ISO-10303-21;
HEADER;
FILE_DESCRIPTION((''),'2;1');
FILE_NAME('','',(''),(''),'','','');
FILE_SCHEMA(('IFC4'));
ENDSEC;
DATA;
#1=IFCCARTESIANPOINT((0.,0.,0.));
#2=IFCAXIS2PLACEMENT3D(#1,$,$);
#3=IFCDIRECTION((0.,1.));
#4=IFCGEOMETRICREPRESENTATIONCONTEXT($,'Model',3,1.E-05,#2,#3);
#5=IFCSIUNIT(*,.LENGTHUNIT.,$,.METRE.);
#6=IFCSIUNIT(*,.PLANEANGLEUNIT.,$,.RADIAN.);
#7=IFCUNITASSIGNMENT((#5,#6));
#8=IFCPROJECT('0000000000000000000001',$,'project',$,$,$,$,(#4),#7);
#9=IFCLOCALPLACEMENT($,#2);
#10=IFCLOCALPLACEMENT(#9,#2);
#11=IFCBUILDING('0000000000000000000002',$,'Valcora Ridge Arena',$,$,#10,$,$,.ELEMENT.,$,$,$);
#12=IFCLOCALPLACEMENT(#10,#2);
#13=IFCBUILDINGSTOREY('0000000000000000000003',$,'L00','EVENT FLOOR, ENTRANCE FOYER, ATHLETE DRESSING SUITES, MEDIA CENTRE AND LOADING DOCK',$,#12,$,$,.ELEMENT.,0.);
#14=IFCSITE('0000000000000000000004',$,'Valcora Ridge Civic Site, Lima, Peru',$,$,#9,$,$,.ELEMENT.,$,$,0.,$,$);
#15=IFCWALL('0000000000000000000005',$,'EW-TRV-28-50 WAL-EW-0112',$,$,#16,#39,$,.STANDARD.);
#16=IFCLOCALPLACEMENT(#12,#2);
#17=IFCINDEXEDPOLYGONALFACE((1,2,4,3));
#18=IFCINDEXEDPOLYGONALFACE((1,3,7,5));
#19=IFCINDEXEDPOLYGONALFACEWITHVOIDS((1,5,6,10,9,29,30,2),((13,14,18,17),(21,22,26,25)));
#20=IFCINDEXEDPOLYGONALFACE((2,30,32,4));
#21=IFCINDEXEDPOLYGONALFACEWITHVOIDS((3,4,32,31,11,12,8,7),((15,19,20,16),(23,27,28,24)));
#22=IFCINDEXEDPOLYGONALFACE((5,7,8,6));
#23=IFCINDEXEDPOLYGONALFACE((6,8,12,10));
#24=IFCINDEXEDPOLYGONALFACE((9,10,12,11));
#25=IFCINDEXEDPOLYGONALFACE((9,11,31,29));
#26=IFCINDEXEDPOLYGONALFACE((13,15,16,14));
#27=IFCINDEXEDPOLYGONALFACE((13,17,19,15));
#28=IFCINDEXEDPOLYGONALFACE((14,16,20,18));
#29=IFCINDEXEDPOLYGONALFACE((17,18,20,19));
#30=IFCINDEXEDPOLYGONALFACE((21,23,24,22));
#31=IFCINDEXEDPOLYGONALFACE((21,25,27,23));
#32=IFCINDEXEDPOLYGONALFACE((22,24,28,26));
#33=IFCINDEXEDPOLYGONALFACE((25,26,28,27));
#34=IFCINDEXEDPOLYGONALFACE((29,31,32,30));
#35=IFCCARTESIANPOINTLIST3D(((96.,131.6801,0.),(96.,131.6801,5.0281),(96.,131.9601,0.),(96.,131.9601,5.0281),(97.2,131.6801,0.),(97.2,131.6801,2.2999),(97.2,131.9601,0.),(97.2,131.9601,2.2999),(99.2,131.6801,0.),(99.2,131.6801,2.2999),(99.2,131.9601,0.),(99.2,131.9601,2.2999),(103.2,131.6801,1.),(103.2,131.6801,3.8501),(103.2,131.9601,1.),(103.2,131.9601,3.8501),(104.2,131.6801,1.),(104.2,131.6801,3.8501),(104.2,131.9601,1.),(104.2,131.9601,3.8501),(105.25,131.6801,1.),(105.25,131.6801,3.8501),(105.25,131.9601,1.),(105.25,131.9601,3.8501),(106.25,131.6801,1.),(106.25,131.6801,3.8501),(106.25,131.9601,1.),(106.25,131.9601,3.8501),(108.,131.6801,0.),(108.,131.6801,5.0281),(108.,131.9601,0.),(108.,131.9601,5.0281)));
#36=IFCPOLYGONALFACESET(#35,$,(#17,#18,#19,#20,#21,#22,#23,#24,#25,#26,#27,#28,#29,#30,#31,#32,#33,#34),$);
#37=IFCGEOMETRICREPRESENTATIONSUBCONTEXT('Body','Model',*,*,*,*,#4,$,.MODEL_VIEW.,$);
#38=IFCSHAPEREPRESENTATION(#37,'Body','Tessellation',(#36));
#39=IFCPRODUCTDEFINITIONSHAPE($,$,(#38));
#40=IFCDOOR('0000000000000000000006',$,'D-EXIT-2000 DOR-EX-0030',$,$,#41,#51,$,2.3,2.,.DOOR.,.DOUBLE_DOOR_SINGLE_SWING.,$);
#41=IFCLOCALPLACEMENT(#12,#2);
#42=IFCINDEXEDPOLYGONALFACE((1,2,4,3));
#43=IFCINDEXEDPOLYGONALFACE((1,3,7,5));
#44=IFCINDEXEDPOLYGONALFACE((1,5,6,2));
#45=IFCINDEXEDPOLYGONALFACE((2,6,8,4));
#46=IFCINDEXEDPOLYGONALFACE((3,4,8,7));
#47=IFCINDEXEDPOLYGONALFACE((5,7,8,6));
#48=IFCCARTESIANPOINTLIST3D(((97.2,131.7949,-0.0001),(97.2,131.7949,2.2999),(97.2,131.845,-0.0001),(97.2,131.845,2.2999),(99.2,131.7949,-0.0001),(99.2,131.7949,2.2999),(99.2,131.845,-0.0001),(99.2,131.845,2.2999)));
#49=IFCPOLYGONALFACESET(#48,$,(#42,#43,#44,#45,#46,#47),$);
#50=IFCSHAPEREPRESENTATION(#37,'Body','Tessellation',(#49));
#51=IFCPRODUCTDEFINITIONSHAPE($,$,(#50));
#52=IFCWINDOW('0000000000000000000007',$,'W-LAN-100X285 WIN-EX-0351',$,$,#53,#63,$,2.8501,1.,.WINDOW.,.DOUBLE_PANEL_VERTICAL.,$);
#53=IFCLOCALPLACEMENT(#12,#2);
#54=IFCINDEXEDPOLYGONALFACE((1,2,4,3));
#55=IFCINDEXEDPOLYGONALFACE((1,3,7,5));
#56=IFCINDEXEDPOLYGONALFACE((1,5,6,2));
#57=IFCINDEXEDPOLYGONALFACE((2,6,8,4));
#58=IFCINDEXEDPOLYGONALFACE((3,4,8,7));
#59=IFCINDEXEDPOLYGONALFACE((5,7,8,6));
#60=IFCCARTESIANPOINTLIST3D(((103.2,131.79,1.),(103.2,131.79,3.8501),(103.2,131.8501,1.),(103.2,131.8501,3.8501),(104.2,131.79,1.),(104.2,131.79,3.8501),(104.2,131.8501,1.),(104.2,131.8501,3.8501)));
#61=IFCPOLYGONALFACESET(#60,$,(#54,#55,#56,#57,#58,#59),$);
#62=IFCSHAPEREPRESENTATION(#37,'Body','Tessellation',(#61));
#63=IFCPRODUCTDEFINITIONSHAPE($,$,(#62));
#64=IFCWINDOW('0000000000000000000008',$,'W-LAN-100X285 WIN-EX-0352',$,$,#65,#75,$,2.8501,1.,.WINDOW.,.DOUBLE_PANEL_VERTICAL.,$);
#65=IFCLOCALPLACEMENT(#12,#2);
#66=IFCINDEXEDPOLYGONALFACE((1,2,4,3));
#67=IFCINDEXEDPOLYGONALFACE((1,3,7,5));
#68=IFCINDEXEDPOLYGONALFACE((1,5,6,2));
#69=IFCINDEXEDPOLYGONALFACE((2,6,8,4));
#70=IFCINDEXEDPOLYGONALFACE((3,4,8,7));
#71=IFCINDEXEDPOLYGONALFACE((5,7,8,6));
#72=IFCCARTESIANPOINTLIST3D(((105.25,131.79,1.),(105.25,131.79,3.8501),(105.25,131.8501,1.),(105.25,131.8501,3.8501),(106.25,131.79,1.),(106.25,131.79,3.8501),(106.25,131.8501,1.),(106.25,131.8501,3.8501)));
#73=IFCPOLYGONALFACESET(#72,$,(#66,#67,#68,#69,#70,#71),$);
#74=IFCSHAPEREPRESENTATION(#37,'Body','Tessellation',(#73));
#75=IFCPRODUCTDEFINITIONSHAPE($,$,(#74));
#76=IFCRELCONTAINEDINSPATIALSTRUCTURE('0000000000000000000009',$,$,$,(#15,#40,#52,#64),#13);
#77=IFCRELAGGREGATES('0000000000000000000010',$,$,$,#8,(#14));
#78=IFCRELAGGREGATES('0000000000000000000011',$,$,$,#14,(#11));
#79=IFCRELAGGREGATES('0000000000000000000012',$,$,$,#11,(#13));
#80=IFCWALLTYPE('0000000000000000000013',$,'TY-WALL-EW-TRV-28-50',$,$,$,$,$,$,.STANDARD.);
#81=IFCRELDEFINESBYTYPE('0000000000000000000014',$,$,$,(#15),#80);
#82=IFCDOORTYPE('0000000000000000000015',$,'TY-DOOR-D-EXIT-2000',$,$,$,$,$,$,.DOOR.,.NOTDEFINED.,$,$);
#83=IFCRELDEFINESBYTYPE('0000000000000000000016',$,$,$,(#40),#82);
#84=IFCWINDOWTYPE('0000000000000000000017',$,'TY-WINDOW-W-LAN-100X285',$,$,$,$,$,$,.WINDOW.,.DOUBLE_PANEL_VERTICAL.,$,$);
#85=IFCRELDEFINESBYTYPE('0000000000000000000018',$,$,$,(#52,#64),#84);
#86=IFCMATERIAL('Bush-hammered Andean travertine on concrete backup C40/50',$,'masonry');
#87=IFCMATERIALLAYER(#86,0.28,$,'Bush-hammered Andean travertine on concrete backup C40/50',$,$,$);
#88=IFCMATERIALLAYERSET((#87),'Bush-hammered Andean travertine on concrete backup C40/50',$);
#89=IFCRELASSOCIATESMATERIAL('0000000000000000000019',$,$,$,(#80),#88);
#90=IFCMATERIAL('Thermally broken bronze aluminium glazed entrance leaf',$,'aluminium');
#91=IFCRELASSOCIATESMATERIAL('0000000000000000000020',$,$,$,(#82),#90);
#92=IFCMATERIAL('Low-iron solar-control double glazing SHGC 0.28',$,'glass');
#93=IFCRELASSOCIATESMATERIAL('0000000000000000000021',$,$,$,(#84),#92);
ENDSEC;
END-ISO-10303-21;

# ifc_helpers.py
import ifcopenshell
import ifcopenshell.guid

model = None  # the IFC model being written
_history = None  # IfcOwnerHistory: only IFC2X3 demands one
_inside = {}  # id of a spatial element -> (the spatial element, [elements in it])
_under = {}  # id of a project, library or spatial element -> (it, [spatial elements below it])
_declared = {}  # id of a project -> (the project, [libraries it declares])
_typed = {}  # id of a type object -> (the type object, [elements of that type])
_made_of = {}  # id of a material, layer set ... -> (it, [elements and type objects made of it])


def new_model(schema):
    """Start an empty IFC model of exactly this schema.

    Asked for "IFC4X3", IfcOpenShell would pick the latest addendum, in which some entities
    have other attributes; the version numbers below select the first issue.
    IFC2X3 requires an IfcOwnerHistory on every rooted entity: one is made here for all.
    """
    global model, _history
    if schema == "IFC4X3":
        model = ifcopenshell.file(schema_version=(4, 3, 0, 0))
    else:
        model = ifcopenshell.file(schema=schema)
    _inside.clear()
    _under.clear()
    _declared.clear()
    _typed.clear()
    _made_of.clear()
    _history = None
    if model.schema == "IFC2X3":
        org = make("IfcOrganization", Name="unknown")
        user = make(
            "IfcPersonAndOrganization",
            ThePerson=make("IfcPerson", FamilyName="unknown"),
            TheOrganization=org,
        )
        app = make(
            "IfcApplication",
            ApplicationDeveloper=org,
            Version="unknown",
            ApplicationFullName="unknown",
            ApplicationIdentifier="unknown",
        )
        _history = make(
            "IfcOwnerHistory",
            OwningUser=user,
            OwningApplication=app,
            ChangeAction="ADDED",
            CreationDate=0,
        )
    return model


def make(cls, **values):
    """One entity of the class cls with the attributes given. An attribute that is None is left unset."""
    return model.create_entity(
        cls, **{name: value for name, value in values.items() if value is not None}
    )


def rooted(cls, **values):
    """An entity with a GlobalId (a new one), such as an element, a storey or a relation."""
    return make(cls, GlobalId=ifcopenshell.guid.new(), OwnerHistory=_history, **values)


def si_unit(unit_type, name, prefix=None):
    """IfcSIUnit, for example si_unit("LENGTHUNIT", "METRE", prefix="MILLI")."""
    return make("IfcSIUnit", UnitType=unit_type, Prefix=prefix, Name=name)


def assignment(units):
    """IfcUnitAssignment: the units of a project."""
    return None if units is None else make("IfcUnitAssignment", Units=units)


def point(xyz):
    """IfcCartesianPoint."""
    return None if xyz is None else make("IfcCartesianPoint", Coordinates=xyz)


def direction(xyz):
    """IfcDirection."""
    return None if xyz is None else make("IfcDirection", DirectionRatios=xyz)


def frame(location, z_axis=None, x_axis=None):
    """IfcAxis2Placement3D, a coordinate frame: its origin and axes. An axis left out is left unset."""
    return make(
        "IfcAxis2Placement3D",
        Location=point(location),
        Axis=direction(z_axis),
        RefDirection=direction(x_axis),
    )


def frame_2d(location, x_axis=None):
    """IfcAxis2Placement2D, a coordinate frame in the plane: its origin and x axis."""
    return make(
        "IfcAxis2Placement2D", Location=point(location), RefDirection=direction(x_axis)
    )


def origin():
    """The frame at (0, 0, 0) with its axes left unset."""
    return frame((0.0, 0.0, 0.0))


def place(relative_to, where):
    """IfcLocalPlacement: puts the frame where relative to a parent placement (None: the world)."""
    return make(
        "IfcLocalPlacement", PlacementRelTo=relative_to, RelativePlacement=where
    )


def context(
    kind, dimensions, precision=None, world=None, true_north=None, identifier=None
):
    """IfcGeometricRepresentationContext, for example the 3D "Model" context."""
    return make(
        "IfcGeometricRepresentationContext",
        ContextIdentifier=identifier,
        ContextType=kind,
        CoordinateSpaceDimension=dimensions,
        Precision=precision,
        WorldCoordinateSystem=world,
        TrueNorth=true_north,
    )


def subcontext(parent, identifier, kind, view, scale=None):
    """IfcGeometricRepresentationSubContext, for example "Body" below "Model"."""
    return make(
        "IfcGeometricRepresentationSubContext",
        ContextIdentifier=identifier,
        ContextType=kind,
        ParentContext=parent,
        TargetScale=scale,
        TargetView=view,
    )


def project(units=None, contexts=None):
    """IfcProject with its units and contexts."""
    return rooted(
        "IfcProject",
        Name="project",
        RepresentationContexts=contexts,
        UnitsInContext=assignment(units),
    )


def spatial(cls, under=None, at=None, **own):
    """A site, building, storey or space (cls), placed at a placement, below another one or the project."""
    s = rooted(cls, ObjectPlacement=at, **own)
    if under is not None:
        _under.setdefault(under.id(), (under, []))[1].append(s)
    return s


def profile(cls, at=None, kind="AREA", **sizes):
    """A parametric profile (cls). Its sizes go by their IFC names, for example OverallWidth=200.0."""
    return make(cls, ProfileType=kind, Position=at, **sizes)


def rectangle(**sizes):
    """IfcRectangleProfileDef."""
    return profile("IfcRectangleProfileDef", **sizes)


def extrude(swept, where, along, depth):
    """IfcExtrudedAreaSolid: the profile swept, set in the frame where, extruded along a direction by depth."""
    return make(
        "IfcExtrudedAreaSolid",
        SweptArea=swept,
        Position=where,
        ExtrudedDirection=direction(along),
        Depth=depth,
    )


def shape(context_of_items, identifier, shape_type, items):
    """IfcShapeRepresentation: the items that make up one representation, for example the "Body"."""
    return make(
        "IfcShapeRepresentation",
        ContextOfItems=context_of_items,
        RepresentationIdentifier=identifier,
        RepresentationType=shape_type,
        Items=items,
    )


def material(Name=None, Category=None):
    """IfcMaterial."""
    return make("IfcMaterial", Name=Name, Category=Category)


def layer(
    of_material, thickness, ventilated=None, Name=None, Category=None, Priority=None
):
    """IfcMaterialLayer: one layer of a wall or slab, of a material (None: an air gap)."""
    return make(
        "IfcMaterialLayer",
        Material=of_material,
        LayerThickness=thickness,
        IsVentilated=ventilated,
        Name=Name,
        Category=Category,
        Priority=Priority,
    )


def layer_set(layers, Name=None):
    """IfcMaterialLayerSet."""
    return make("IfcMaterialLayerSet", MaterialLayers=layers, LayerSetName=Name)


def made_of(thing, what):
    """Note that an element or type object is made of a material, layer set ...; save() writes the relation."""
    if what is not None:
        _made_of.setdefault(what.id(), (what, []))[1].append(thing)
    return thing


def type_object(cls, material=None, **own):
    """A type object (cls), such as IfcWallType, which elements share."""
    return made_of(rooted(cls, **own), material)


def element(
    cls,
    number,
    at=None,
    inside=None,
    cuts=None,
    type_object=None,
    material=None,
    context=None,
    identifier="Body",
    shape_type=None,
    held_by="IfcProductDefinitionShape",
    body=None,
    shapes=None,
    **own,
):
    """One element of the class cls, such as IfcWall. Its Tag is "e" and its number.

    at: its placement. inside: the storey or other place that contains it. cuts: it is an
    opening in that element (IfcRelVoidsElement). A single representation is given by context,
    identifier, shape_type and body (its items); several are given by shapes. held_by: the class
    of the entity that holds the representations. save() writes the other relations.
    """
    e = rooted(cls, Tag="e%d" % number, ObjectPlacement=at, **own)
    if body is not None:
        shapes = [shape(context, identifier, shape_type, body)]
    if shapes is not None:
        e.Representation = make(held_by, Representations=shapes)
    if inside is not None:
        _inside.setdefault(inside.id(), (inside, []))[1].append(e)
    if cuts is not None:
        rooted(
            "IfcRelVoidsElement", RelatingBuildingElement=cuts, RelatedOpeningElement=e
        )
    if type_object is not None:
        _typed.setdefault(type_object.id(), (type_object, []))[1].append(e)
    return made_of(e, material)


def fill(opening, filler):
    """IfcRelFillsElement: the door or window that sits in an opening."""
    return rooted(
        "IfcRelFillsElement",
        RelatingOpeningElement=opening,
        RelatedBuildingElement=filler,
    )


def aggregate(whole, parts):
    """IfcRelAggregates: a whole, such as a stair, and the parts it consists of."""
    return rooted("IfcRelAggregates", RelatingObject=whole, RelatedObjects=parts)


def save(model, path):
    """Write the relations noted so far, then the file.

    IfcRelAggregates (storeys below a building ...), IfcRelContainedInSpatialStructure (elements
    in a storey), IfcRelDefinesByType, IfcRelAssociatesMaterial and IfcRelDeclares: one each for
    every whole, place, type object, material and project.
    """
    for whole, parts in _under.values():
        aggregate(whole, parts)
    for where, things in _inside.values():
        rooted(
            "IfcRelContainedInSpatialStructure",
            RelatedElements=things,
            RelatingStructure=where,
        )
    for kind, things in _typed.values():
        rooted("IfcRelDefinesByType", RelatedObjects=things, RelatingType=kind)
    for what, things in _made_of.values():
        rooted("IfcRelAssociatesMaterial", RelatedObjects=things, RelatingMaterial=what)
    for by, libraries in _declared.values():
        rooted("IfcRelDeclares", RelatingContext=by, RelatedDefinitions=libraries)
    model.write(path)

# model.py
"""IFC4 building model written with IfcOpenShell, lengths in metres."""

from ifc_helpers import new_model, si_unit, direction, frame, frame_2d, origin, place, context, subcontext, project, spatial, rectangle, extrude, material, layer, layer_set, type_object, element, fill, save


model = new_model("IFC4")

# Units and contexts
model_context = context("Model", 3, precision=1e-05, world=origin(), true_north=direction((0.0, 1.0)))
body_context = subcontext(model_context, "Body", "Model", "MODEL_VIEW")
ifc_project = project(units=[si_unit("LENGTHUNIT", "METRE"), si_unit("PLANEANGLEUNIT", "RADIAN")], contexts=[model_context])

# Site, building, storey
site_placement = place(None, origin())
site = spatial("IfcSite", under=ifc_project, at=site_placement, Name="Valcora Ridge Civic Site, Lima, Peru", CompositionType="ELEMENT", RefElevation=0.0)
building_placement = place(site_placement, origin())
building = spatial("IfcBuilding", under=site, at=building_placement, Name="Valcora Ridge Arena", CompositionType="ELEMENT")
storey_placement = place(building_placement, origin())
storey = spatial("IfcBuildingStorey", under=building, at=storey_placement, Name="L00", Description="EVENT FLOOR, ENTRANCE FOYER, ATHLETE DRESSING SUITES, MEDIA CENTRE AND LOADING DOCK", CompositionType="ELEMENT", Elevation=0.0)

# Wall, openings, door, windows
ifc_material_1 = material(Name="Bush-hammered Andean travertine on concrete backup C40/50", Category="masonry")
ifc_layer_1 = layer(ifc_material_1, 0.28, Name="Bush-hammered Andean travertine on concrete backup C40/50")
ifc_layer_set_1 = layer_set([ifc_layer_1], Name="Bush-hammered Andean travertine on concrete backup C40/50")
wall_type = type_object("IfcWallType", Name="TY-WALL-EW-TRV-28-50", PredefinedType="STANDARD", material=ifc_layer_set_1)
ifc_material_2 = material(Name="Thermally broken bronze aluminium glazed entrance leaf", Category="aluminium")
door_type = type_object("IfcDoorType", Name="TY-DOOR-D-EXIT-2000", OperationType="NOTDEFINED", PredefinedType="DOOR", material=ifc_material_2)
ifc_material_3 = material(Name="Low-iron solar-control double glazing SHGC 0.28", Category="glass")
window_type = type_object("IfcWindowType", Name="TY-WINDOW-W-LAN-100X285", PartitioningType="DOUBLE_PANEL_VERTICAL", PredefinedType="WINDOW", material=ifc_material_3)
wall_1_placement = place(storey_placement, frame((96.0, 131.8201, 0.0), z_axis=(0.0, 0.0, 1.0), x_axis=(1.0, 0.0, 0.0)))
wall_1 = element("IfcWall", 1, at=wall_1_placement, inside=storey, type_object=wall_type, Name="EW-TRV-28-50 WAL-EW-0112", PredefinedType="STANDARD", context=body_context, shape_type="SweptSolid", body=[
    extrude(rectangle(XDim=12.0, YDim=0.28, at=frame_2d((6.0, 0.0))), origin(), (0.0, 0.0, 1.0), 5.0281),
])
opening_1_placement = place(wall_1_placement, frame((1.2, 0.0, 0.0)))
opening_1 = element("IfcOpeningElement", 2, at=opening_1_placement, cuts=wall_1, PredefinedType="OPENING", context=body_context, shape_type="SweptSolid", body=[
    extrude(rectangle(XDim=2.0, YDim=2.3, at=frame_2d((1.0, 1.1499))), frame((0.0, 0.1499, 0.0), z_axis=(0.0, -1.0, 0.0), x_axis=(1.0, 0.0, 0.0)), (0.0, 0.0, 1.0), 0.3),
])
opening_2_placement = place(wall_1_placement, frame((7.2, 0.0, 1.0)))
opening_2 = element("IfcOpeningElement", 3, at=opening_2_placement, cuts=wall_1, PredefinedType="OPENING", context=body_context, shape_type="SweptSolid", body=[
    extrude(rectangle(XDim=1.0, YDim=2.8501, at=frame_2d((0.5, 1.425))), frame((0.0, 0.1499, 0.0), z_axis=(0.0, -1.0, 0.0), x_axis=(1.0, 0.0, 0.0)), (0.0, 0.0, 1.0), 0.3),
])
opening_3_placement = place(wall_1_placement, frame((9.25, 0.0, 1.0)))
opening_3 = element("IfcOpeningElement", 4, at=opening_3_placement, cuts=wall_1, PredefinedType="OPENING", context=body_context, shape_type="SweptSolid", body=[
    extrude(rectangle(XDim=1.0, YDim=2.8501, at=frame_2d((0.5, 1.425))), frame((0.0, 0.1499, 0.0), z_axis=(0.0, -1.0, 0.0), x_axis=(1.0, 0.0, 0.0)), (0.0, 0.0, 1.0), 0.3),
])
door_1_placement = place(opening_1_placement, origin())
door_1 = element("IfcDoor", 5, at=door_1_placement, inside=storey, type_object=door_type, Name="D-EXIT-2000 DOR-EX-0030", OperationType="DOUBLE_DOOR_SINGLE_SWING", OverallHeight=2.3, OverallWidth=2.0, PredefinedType="DOOR", context=body_context, shape_type="SweptSolid", body=[
    extrude(rectangle(XDim=2.0, YDim=2.3, at=frame_2d((1.0, 1.1499))), frame((0.0, 0.0249, 0.0), z_axis=(0.0, -1.0, 0.0), x_axis=(1.0, 0.0, 0.0)), (0.0, 0.0, 1.0), 0.05),
])
fill(opening_1, door_1)
window_1_placement = place(opening_2_placement, origin())
window_1 = element("IfcWindow", 6, at=window_1_placement, inside=storey, type_object=window_type, Name="W-LAN-100X285 WIN-EX-0351", OverallHeight=2.8501, OverallWidth=1.0, PartitioningType="DOUBLE_PANEL_VERTICAL", PredefinedType="WINDOW", context=body_context, shape_type="SweptSolid", body=[
    extrude(rectangle(XDim=1.0, YDim=2.8501, at=frame_2d((0.5, 1.425))), frame((0.0, 0.03, 0.0), z_axis=(0.0, -1.0, 0.0), x_axis=(1.0, 0.0, 0.0)), (0.0, 0.0, 1.0), 0.0601),
])
fill(opening_2, window_1)
window_2_placement = place(opening_3_placement, origin())
window_2 = element("IfcWindow", 7, at=window_2_placement, inside=storey, type_object=window_type, Name="W-LAN-100X285 WIN-EX-0352", OverallHeight=2.8501, OverallWidth=1.0, PartitioningType="DOUBLE_PANEL_VERTICAL", PredefinedType="WINDOW", context=body_context, shape_type="SweptSolid", body=[
    extrude(rectangle(XDim=1.0, YDim=2.8501, at=frame_2d((0.5, 1.425))), frame((0.0, 0.03, 0.0), z_axis=(0.0, -1.0, 0.0), x_axis=(1.0, 0.0, 0.0)), (0.0, 0.0, 1.0), 0.0601),
])
fill(opening_3, window_2)

save(model, "model.ifc")
